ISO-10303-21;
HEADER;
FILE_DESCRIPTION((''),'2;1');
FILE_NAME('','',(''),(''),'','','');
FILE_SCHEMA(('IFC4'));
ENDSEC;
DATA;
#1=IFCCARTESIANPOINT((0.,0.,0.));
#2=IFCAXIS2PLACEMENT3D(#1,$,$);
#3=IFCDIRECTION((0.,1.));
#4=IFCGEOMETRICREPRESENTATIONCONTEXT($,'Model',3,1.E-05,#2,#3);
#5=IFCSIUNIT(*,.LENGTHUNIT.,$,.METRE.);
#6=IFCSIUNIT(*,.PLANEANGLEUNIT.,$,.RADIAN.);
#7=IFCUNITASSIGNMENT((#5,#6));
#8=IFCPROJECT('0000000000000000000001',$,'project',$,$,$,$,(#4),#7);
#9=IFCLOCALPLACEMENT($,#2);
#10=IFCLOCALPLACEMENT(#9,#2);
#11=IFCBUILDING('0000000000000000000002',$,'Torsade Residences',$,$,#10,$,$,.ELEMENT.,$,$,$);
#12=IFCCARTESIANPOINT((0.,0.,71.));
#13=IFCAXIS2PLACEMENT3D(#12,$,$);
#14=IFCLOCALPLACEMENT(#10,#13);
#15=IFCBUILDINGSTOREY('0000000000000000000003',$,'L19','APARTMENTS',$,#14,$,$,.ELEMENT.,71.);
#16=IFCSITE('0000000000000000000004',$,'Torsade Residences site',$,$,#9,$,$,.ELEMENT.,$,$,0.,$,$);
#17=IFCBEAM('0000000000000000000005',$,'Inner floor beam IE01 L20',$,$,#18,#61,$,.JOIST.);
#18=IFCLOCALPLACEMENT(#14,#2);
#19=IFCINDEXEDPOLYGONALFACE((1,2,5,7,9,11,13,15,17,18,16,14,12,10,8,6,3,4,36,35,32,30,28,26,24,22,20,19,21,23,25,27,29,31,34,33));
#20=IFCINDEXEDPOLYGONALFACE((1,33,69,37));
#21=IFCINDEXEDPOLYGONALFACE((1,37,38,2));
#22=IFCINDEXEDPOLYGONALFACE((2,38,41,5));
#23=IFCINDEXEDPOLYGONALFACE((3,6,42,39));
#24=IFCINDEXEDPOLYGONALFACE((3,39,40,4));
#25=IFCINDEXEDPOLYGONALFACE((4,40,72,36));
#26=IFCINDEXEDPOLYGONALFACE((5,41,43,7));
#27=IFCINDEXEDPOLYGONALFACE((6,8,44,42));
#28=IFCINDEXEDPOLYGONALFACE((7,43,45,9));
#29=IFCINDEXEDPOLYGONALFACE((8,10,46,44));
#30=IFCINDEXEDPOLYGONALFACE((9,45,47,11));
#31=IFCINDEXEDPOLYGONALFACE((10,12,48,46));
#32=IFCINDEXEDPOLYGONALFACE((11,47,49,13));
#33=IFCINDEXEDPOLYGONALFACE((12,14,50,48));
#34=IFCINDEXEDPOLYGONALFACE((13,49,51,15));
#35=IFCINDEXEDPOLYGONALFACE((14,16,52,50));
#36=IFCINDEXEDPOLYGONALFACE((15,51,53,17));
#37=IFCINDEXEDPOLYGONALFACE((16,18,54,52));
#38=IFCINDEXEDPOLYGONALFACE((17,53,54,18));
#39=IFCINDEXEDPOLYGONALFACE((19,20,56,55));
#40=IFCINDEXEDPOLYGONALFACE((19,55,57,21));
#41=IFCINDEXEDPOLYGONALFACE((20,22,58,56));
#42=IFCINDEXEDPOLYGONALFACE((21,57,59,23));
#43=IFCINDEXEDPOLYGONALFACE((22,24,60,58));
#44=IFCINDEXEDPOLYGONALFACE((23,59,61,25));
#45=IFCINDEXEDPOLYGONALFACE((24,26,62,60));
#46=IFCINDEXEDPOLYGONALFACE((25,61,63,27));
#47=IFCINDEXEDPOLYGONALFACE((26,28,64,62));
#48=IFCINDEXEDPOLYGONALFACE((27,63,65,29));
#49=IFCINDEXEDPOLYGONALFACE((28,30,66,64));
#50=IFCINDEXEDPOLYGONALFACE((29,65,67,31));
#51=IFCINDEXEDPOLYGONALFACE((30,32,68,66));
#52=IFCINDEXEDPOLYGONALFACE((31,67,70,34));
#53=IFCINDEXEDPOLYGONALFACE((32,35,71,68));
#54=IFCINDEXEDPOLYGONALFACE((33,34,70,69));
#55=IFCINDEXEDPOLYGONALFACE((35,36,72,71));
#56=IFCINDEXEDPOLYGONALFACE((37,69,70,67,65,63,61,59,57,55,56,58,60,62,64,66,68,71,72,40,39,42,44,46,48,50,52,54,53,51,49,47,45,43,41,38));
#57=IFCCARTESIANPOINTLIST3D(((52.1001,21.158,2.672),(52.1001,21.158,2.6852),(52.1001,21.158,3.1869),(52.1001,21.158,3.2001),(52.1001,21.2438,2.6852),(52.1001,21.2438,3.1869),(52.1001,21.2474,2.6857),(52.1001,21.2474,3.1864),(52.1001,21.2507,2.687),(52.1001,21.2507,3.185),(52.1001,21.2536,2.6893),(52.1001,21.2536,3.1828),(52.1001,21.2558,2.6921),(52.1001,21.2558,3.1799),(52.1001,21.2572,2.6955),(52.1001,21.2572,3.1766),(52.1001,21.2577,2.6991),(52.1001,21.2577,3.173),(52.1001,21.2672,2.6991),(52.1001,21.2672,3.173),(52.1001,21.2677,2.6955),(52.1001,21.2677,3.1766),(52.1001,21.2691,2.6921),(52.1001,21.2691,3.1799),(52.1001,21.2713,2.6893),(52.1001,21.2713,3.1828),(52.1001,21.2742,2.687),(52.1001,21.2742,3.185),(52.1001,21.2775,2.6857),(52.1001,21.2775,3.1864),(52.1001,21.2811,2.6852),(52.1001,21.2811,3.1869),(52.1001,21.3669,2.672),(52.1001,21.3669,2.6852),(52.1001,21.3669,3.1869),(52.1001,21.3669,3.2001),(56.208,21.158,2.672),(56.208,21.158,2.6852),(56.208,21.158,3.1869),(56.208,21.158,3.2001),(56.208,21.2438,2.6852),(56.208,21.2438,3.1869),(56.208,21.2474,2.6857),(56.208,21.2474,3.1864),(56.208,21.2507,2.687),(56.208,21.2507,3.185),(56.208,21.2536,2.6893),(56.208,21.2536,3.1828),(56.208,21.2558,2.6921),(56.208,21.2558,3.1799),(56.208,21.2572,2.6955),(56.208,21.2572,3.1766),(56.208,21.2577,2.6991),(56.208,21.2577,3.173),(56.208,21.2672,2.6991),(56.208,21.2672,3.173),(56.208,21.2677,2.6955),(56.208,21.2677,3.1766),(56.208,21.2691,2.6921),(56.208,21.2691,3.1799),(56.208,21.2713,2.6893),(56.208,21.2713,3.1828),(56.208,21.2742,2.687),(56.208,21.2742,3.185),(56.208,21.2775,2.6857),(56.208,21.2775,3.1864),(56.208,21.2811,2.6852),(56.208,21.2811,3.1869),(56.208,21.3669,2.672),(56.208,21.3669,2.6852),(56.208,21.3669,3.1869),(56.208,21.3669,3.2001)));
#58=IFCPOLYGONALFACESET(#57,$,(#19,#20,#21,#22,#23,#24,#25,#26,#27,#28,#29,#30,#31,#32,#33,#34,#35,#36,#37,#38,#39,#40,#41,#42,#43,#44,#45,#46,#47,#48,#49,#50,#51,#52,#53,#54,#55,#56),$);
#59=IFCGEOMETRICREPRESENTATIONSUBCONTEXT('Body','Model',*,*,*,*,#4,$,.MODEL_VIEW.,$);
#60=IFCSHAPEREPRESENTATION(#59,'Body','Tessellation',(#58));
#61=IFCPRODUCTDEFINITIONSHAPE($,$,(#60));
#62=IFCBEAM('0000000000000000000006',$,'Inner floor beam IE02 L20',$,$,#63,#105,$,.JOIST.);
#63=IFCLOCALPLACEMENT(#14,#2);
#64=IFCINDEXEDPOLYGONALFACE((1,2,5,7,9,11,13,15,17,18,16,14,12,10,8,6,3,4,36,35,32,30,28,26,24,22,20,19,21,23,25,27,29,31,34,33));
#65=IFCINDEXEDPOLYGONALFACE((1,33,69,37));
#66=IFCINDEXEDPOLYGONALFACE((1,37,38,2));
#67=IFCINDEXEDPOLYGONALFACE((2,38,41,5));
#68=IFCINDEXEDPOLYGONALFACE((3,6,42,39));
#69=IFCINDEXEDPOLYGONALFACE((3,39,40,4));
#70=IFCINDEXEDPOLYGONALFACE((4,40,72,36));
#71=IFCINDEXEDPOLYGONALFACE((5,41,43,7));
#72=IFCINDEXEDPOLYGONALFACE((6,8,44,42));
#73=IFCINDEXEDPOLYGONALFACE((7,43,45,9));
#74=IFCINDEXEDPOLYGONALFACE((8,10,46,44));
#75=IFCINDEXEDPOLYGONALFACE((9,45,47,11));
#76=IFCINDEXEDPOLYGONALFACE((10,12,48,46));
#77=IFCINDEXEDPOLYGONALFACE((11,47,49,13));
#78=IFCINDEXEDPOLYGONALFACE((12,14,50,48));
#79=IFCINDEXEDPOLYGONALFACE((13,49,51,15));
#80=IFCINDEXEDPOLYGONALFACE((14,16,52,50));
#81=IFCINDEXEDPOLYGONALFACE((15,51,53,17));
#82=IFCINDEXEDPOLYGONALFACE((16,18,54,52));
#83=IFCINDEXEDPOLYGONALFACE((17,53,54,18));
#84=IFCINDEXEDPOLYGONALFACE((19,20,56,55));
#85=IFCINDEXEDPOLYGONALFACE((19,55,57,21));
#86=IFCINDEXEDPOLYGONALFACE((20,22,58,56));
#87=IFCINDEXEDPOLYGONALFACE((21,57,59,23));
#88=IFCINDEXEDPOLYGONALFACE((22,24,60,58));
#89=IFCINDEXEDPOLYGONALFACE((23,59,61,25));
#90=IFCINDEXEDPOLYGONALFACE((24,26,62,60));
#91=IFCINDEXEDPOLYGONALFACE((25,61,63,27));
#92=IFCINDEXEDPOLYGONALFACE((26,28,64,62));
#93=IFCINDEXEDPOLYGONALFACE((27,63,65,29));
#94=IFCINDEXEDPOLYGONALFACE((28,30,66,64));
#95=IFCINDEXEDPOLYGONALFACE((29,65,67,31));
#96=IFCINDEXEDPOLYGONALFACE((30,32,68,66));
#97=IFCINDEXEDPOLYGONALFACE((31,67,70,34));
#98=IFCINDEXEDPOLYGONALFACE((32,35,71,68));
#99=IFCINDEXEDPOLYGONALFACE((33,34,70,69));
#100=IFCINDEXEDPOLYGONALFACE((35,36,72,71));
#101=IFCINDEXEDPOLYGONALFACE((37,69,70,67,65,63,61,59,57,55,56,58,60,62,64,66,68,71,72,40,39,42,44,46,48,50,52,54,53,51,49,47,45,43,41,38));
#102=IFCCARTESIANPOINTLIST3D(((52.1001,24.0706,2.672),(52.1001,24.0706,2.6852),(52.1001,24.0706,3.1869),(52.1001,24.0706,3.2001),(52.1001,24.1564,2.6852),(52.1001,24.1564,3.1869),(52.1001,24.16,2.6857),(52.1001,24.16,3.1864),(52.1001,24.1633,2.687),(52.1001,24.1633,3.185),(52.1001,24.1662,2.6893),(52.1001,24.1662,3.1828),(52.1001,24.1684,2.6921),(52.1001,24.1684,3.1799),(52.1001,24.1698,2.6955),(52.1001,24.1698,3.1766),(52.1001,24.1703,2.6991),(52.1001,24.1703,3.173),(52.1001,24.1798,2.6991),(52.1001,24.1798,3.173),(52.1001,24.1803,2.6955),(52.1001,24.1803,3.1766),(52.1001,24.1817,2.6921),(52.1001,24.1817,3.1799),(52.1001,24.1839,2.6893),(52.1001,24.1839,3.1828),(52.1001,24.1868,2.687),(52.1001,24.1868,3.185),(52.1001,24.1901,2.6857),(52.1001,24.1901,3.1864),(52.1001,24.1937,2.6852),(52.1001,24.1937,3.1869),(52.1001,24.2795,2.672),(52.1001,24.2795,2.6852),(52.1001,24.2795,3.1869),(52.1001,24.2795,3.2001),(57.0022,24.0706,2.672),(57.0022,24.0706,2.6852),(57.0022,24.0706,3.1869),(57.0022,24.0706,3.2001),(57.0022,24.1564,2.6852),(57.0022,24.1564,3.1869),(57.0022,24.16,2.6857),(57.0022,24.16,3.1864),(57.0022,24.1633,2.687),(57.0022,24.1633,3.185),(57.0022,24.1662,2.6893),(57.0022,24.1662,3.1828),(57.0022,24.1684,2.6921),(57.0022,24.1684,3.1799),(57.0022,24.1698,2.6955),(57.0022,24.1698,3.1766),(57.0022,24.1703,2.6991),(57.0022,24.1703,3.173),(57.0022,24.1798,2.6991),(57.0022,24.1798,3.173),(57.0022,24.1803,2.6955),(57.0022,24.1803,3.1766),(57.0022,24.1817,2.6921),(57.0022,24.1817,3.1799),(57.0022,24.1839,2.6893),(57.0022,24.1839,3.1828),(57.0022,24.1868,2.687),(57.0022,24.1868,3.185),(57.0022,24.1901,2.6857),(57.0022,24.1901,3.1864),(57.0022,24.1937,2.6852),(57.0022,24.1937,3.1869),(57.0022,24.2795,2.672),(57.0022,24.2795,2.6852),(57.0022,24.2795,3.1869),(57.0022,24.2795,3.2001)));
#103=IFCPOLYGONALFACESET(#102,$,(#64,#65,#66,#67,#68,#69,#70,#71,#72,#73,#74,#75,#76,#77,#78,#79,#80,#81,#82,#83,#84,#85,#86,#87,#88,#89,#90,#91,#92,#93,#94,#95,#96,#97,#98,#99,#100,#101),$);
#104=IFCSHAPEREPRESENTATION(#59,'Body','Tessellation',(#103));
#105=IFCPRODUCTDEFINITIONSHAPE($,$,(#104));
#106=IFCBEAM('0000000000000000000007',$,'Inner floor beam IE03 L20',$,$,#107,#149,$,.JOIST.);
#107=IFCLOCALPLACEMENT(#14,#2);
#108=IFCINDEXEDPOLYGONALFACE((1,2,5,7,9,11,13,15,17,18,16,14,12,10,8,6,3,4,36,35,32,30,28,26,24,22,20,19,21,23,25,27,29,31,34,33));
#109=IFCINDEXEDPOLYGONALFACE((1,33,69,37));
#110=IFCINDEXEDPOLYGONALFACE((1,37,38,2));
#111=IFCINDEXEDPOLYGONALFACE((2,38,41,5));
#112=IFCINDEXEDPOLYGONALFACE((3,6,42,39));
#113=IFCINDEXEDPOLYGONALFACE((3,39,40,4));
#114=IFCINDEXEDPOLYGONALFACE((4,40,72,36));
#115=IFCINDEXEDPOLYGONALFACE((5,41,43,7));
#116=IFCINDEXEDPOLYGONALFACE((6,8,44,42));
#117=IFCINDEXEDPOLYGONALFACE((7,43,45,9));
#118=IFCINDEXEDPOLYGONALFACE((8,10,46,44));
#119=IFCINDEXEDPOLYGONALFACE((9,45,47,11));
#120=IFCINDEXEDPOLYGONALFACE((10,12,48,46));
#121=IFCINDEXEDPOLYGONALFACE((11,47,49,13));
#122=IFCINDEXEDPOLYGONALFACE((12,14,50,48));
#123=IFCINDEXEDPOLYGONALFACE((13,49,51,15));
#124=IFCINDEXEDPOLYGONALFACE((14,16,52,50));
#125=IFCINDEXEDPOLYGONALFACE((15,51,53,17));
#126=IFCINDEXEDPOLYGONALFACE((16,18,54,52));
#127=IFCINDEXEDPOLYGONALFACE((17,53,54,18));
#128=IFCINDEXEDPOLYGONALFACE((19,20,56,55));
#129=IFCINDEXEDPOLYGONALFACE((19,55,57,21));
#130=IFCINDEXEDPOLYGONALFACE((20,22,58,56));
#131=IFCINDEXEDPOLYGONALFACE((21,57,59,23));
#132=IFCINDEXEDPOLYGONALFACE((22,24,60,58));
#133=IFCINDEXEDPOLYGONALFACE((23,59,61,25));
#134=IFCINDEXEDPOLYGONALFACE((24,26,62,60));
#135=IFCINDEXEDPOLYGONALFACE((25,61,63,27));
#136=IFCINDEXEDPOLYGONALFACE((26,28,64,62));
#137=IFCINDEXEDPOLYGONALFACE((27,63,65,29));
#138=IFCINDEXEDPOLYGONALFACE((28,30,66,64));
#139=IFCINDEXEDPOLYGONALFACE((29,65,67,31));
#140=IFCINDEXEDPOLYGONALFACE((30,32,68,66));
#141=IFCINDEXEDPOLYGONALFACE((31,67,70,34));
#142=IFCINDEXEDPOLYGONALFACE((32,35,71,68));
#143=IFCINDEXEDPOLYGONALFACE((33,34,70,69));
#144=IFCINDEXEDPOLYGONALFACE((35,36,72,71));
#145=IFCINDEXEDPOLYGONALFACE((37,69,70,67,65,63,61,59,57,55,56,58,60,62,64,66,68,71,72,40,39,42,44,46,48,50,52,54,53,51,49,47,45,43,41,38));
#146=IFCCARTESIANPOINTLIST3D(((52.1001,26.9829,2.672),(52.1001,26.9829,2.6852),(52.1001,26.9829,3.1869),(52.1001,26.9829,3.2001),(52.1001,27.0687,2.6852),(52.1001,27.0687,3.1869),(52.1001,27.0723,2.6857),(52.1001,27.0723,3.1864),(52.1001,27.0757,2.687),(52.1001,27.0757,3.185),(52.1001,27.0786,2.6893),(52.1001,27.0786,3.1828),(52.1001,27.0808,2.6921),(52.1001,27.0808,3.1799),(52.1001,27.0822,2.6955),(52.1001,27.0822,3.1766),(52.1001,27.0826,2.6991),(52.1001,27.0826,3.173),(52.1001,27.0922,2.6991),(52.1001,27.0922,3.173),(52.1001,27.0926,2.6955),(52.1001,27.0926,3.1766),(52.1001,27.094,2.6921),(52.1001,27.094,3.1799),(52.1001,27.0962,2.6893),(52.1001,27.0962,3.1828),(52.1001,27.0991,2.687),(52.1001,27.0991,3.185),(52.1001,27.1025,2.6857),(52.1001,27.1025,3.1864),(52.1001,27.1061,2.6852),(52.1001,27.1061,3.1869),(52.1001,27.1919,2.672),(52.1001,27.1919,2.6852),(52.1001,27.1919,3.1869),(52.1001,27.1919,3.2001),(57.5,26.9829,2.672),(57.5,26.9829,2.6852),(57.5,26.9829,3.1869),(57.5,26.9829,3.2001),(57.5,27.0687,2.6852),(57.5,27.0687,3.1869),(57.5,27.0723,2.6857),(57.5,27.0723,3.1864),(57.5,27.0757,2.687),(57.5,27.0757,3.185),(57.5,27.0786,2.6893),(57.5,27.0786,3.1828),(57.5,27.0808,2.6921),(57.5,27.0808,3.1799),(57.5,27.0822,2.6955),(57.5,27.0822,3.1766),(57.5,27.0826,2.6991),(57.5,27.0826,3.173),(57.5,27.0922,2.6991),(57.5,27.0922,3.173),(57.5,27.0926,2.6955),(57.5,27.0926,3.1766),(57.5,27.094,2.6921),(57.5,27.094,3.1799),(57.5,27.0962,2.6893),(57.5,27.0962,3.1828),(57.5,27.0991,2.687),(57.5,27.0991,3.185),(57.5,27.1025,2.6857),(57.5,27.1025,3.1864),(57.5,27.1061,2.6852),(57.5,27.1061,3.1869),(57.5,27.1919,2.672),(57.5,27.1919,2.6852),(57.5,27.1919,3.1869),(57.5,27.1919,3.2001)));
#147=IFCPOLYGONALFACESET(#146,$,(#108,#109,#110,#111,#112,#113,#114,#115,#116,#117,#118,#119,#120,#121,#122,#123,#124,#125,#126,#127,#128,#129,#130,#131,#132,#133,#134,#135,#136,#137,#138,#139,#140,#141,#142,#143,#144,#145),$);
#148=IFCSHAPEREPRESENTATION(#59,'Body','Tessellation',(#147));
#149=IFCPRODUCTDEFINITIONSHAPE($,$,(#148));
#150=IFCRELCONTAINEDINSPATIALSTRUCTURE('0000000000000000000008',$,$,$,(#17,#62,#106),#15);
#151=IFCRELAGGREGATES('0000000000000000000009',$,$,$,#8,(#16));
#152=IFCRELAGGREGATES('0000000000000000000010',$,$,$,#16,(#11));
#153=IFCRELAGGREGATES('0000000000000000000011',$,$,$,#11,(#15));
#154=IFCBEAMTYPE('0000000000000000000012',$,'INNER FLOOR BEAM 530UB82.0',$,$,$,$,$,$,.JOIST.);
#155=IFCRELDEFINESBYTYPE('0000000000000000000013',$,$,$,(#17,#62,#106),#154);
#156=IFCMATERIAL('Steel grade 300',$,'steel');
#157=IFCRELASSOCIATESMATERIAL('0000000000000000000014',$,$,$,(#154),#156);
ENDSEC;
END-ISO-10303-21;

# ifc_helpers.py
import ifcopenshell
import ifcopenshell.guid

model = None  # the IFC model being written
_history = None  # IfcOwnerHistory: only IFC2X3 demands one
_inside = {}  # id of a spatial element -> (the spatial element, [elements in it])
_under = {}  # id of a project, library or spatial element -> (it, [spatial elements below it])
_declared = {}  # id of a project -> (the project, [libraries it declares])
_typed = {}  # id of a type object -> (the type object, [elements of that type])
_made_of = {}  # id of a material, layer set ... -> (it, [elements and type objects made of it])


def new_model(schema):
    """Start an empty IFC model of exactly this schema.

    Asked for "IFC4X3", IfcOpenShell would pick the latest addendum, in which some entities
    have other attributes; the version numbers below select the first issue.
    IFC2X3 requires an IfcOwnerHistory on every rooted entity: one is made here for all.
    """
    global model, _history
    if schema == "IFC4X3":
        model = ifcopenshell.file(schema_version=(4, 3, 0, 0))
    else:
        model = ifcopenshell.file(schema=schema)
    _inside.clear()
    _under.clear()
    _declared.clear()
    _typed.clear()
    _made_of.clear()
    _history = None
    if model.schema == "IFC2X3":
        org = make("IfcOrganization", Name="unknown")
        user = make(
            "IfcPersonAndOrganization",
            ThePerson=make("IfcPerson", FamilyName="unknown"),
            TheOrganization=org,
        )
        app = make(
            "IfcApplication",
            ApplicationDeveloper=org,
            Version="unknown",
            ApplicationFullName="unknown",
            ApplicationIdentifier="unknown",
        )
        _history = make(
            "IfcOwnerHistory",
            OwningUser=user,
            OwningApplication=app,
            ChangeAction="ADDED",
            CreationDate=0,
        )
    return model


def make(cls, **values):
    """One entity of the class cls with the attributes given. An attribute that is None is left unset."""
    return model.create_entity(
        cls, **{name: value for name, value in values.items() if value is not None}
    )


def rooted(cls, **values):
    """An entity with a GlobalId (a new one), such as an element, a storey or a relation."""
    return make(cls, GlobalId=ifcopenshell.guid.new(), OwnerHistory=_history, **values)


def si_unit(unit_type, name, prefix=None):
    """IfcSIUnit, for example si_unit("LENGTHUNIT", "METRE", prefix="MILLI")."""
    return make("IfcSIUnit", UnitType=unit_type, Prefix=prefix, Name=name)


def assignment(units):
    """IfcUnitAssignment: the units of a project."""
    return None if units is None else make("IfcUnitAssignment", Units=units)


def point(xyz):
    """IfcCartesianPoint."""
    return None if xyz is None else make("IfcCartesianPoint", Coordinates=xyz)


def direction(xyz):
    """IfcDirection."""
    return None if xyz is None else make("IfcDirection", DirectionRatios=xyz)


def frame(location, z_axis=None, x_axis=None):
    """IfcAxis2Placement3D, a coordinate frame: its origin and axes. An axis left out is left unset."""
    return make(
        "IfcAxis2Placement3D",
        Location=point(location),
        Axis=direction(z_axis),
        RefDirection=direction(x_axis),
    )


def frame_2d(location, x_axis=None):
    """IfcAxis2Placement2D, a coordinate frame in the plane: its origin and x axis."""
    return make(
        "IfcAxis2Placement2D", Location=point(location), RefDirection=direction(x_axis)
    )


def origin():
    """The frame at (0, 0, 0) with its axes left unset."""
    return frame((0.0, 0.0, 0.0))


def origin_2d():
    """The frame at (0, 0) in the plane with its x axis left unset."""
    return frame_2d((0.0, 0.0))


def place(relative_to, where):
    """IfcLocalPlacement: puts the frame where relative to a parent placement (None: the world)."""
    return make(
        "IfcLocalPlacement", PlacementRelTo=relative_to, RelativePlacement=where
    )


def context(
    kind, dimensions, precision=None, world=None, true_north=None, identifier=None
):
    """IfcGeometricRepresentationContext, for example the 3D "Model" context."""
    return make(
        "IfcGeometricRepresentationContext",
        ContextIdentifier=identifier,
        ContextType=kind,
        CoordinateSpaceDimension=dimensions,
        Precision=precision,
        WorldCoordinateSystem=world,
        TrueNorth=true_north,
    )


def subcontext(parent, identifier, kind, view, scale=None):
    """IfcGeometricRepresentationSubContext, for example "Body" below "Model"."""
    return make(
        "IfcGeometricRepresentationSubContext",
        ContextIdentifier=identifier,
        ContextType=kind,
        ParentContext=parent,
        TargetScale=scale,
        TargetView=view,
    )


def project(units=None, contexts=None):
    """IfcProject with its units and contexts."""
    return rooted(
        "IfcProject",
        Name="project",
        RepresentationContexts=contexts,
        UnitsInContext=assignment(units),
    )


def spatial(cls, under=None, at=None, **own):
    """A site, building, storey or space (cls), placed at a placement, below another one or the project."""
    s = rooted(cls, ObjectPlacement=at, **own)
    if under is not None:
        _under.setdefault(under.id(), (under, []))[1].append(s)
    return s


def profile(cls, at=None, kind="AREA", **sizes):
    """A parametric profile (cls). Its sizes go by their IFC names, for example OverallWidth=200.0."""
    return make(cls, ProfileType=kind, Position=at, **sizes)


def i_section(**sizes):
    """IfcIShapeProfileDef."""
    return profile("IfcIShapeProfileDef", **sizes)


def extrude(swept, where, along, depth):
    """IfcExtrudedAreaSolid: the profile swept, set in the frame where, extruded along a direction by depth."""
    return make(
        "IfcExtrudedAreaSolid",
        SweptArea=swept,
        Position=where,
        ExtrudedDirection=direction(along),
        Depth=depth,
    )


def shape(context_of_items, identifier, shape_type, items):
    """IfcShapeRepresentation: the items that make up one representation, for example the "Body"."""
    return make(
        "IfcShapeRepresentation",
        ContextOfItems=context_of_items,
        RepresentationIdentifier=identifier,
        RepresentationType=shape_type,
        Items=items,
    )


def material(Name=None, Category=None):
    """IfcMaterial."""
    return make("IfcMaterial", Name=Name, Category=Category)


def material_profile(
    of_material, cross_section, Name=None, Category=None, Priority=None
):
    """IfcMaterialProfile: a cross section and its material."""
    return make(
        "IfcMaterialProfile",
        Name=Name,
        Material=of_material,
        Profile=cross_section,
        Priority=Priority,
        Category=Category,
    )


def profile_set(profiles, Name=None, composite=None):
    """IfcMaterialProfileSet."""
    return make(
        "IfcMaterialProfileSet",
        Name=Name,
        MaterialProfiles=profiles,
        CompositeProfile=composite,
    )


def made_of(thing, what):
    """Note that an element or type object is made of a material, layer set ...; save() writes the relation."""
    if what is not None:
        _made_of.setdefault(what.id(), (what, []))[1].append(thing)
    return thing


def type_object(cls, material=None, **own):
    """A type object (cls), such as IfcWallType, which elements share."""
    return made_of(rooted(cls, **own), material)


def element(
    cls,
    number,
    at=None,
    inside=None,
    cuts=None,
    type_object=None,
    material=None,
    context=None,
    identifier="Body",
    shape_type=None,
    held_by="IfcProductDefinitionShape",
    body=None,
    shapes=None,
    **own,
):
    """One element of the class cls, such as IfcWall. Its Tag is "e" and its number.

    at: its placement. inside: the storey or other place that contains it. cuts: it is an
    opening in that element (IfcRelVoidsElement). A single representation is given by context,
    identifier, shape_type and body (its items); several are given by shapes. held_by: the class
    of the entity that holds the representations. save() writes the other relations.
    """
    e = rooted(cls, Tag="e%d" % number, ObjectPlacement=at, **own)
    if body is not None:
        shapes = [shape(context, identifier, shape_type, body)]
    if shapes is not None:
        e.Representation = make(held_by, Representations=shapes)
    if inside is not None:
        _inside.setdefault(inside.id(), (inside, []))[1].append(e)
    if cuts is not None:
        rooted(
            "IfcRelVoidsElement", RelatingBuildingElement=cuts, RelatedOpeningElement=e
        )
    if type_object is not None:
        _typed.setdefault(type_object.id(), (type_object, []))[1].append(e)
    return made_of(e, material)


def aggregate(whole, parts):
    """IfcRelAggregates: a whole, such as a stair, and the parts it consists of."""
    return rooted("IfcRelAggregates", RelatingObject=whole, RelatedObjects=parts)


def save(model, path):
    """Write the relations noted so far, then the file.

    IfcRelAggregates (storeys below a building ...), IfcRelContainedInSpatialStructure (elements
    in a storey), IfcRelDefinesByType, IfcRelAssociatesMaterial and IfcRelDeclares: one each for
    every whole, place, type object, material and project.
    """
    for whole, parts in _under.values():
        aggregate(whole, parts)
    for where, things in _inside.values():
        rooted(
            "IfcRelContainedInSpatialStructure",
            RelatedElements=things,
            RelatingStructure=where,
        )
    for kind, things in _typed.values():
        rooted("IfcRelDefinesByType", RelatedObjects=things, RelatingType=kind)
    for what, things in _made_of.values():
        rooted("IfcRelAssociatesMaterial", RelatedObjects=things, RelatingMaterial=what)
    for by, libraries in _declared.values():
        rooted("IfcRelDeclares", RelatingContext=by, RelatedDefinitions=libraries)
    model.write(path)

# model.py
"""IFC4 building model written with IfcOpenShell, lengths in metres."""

from ifc_helpers import new_model, si_unit, direction, frame, origin, origin_2d, place, context, subcontext, project, spatial, i_section, extrude, material, material_profile, profile_set, type_object, element, save


model = new_model("IFC4")

# Units and contexts
model_context = context("Model", 3, precision=1e-05, world=origin(), true_north=direction((0.0, 1.0)))
body_context = subcontext(model_context, "Body", "Model", "MODEL_VIEW")
ifc_project = project(units=[si_unit("LENGTHUNIT", "METRE"), si_unit("PLANEANGLEUNIT", "RADIAN")], contexts=[model_context])

# Site, building, storey
site_placement = place(None, origin())
site = spatial("IfcSite", under=ifc_project, at=site_placement, Name="Torsade Residences site", CompositionType="ELEMENT", RefElevation=0.0)
building_placement = place(site_placement, origin())
building = spatial("IfcBuilding", under=site, at=building_placement, Name="Torsade Residences", CompositionType="ELEMENT")
storey_placement = place(building_placement, frame((0.0, 0.0, 71.0)))
storey = spatial("IfcBuildingStorey", under=building, at=storey_placement, Name="L19", Description="APARTMENTS", CompositionType="ELEMENT", Elevation=71.0)

# Beams
ifc_material_1 = material(Name="Steel grade 300", Category="steel")
ifc_material_profile = material_profile(ifc_material_1, i_section(OverallWidth=0.209, OverallDepth=0.5281, WebThickness=0.0095, FlangeThickness=0.0132, FilletRadius=0.0139, at=origin_2d()), Name="530UB82.0")
ifc_profile_set = profile_set([ifc_material_profile], Name="Steel grade 300")
beam_type = type_object("IfcBeamType", Name="INNER FLOOR BEAM 530UB82.0", PredefinedType="JOIST", material=ifc_profile_set)
beam_1_placement = place(storey_placement, frame((52.1001, 21.2625, 2.936), z_axis=(1.0, 0.0, 0.0), x_axis=(0.0, 1.0, 0.0)))
element("IfcBeam", 1, at=beam_1_placement, inside=storey, type_object=beam_type, Name="Inner floor beam IE01 L20", PredefinedType="JOIST", context=body_context, shape_type="SweptSolid", body=[
    extrude(i_section(OverallWidth=0.209, OverallDepth=0.5281, WebThickness=0.0095, FlangeThickness=0.0132, FilletRadius=0.0139, at=origin_2d()), origin(), (0.0, 0.0, 1.0), 4.1079),
])
beam_2_placement = place(storey_placement, frame((52.1001, 24.175, 2.936), z_axis=(1.0, 0.0, 0.0), x_axis=(0.0, 1.0, 0.0)))
element("IfcBeam", 2, at=beam_2_placement, inside=storey, type_object=beam_type, Name="Inner floor beam IE02 L20", PredefinedType="JOIST", context=body_context, shape_type="SweptSolid", body=[
    extrude(i_section(OverallWidth=0.209, OverallDepth=0.5281, WebThickness=0.0095, FlangeThickness=0.0132, FilletRadius=0.0139, at=origin_2d()), origin(), (0.0, 0.0, 1.0), 4.9021),
])
beam_3_placement = place(storey_placement, frame((52.1001, 27.0874, 2.936), z_axis=(1.0, 0.0, 0.0), x_axis=(0.0, 1.0, 0.0)))
element("IfcBeam", 3, at=beam_3_placement, inside=storey, type_object=beam_type, Name="Inner floor beam IE03 L20", PredefinedType="JOIST", context=body_context, shape_type="SweptSolid", body=[
    extrude(i_section(OverallWidth=0.209, OverallDepth=0.5281, WebThickness=0.0095, FlangeThickness=0.0132, FilletRadius=0.0139, at=origin_2d()), origin(), (0.0, 0.0, 1.0), 5.3999),
])

save(model, "model.ifc")
